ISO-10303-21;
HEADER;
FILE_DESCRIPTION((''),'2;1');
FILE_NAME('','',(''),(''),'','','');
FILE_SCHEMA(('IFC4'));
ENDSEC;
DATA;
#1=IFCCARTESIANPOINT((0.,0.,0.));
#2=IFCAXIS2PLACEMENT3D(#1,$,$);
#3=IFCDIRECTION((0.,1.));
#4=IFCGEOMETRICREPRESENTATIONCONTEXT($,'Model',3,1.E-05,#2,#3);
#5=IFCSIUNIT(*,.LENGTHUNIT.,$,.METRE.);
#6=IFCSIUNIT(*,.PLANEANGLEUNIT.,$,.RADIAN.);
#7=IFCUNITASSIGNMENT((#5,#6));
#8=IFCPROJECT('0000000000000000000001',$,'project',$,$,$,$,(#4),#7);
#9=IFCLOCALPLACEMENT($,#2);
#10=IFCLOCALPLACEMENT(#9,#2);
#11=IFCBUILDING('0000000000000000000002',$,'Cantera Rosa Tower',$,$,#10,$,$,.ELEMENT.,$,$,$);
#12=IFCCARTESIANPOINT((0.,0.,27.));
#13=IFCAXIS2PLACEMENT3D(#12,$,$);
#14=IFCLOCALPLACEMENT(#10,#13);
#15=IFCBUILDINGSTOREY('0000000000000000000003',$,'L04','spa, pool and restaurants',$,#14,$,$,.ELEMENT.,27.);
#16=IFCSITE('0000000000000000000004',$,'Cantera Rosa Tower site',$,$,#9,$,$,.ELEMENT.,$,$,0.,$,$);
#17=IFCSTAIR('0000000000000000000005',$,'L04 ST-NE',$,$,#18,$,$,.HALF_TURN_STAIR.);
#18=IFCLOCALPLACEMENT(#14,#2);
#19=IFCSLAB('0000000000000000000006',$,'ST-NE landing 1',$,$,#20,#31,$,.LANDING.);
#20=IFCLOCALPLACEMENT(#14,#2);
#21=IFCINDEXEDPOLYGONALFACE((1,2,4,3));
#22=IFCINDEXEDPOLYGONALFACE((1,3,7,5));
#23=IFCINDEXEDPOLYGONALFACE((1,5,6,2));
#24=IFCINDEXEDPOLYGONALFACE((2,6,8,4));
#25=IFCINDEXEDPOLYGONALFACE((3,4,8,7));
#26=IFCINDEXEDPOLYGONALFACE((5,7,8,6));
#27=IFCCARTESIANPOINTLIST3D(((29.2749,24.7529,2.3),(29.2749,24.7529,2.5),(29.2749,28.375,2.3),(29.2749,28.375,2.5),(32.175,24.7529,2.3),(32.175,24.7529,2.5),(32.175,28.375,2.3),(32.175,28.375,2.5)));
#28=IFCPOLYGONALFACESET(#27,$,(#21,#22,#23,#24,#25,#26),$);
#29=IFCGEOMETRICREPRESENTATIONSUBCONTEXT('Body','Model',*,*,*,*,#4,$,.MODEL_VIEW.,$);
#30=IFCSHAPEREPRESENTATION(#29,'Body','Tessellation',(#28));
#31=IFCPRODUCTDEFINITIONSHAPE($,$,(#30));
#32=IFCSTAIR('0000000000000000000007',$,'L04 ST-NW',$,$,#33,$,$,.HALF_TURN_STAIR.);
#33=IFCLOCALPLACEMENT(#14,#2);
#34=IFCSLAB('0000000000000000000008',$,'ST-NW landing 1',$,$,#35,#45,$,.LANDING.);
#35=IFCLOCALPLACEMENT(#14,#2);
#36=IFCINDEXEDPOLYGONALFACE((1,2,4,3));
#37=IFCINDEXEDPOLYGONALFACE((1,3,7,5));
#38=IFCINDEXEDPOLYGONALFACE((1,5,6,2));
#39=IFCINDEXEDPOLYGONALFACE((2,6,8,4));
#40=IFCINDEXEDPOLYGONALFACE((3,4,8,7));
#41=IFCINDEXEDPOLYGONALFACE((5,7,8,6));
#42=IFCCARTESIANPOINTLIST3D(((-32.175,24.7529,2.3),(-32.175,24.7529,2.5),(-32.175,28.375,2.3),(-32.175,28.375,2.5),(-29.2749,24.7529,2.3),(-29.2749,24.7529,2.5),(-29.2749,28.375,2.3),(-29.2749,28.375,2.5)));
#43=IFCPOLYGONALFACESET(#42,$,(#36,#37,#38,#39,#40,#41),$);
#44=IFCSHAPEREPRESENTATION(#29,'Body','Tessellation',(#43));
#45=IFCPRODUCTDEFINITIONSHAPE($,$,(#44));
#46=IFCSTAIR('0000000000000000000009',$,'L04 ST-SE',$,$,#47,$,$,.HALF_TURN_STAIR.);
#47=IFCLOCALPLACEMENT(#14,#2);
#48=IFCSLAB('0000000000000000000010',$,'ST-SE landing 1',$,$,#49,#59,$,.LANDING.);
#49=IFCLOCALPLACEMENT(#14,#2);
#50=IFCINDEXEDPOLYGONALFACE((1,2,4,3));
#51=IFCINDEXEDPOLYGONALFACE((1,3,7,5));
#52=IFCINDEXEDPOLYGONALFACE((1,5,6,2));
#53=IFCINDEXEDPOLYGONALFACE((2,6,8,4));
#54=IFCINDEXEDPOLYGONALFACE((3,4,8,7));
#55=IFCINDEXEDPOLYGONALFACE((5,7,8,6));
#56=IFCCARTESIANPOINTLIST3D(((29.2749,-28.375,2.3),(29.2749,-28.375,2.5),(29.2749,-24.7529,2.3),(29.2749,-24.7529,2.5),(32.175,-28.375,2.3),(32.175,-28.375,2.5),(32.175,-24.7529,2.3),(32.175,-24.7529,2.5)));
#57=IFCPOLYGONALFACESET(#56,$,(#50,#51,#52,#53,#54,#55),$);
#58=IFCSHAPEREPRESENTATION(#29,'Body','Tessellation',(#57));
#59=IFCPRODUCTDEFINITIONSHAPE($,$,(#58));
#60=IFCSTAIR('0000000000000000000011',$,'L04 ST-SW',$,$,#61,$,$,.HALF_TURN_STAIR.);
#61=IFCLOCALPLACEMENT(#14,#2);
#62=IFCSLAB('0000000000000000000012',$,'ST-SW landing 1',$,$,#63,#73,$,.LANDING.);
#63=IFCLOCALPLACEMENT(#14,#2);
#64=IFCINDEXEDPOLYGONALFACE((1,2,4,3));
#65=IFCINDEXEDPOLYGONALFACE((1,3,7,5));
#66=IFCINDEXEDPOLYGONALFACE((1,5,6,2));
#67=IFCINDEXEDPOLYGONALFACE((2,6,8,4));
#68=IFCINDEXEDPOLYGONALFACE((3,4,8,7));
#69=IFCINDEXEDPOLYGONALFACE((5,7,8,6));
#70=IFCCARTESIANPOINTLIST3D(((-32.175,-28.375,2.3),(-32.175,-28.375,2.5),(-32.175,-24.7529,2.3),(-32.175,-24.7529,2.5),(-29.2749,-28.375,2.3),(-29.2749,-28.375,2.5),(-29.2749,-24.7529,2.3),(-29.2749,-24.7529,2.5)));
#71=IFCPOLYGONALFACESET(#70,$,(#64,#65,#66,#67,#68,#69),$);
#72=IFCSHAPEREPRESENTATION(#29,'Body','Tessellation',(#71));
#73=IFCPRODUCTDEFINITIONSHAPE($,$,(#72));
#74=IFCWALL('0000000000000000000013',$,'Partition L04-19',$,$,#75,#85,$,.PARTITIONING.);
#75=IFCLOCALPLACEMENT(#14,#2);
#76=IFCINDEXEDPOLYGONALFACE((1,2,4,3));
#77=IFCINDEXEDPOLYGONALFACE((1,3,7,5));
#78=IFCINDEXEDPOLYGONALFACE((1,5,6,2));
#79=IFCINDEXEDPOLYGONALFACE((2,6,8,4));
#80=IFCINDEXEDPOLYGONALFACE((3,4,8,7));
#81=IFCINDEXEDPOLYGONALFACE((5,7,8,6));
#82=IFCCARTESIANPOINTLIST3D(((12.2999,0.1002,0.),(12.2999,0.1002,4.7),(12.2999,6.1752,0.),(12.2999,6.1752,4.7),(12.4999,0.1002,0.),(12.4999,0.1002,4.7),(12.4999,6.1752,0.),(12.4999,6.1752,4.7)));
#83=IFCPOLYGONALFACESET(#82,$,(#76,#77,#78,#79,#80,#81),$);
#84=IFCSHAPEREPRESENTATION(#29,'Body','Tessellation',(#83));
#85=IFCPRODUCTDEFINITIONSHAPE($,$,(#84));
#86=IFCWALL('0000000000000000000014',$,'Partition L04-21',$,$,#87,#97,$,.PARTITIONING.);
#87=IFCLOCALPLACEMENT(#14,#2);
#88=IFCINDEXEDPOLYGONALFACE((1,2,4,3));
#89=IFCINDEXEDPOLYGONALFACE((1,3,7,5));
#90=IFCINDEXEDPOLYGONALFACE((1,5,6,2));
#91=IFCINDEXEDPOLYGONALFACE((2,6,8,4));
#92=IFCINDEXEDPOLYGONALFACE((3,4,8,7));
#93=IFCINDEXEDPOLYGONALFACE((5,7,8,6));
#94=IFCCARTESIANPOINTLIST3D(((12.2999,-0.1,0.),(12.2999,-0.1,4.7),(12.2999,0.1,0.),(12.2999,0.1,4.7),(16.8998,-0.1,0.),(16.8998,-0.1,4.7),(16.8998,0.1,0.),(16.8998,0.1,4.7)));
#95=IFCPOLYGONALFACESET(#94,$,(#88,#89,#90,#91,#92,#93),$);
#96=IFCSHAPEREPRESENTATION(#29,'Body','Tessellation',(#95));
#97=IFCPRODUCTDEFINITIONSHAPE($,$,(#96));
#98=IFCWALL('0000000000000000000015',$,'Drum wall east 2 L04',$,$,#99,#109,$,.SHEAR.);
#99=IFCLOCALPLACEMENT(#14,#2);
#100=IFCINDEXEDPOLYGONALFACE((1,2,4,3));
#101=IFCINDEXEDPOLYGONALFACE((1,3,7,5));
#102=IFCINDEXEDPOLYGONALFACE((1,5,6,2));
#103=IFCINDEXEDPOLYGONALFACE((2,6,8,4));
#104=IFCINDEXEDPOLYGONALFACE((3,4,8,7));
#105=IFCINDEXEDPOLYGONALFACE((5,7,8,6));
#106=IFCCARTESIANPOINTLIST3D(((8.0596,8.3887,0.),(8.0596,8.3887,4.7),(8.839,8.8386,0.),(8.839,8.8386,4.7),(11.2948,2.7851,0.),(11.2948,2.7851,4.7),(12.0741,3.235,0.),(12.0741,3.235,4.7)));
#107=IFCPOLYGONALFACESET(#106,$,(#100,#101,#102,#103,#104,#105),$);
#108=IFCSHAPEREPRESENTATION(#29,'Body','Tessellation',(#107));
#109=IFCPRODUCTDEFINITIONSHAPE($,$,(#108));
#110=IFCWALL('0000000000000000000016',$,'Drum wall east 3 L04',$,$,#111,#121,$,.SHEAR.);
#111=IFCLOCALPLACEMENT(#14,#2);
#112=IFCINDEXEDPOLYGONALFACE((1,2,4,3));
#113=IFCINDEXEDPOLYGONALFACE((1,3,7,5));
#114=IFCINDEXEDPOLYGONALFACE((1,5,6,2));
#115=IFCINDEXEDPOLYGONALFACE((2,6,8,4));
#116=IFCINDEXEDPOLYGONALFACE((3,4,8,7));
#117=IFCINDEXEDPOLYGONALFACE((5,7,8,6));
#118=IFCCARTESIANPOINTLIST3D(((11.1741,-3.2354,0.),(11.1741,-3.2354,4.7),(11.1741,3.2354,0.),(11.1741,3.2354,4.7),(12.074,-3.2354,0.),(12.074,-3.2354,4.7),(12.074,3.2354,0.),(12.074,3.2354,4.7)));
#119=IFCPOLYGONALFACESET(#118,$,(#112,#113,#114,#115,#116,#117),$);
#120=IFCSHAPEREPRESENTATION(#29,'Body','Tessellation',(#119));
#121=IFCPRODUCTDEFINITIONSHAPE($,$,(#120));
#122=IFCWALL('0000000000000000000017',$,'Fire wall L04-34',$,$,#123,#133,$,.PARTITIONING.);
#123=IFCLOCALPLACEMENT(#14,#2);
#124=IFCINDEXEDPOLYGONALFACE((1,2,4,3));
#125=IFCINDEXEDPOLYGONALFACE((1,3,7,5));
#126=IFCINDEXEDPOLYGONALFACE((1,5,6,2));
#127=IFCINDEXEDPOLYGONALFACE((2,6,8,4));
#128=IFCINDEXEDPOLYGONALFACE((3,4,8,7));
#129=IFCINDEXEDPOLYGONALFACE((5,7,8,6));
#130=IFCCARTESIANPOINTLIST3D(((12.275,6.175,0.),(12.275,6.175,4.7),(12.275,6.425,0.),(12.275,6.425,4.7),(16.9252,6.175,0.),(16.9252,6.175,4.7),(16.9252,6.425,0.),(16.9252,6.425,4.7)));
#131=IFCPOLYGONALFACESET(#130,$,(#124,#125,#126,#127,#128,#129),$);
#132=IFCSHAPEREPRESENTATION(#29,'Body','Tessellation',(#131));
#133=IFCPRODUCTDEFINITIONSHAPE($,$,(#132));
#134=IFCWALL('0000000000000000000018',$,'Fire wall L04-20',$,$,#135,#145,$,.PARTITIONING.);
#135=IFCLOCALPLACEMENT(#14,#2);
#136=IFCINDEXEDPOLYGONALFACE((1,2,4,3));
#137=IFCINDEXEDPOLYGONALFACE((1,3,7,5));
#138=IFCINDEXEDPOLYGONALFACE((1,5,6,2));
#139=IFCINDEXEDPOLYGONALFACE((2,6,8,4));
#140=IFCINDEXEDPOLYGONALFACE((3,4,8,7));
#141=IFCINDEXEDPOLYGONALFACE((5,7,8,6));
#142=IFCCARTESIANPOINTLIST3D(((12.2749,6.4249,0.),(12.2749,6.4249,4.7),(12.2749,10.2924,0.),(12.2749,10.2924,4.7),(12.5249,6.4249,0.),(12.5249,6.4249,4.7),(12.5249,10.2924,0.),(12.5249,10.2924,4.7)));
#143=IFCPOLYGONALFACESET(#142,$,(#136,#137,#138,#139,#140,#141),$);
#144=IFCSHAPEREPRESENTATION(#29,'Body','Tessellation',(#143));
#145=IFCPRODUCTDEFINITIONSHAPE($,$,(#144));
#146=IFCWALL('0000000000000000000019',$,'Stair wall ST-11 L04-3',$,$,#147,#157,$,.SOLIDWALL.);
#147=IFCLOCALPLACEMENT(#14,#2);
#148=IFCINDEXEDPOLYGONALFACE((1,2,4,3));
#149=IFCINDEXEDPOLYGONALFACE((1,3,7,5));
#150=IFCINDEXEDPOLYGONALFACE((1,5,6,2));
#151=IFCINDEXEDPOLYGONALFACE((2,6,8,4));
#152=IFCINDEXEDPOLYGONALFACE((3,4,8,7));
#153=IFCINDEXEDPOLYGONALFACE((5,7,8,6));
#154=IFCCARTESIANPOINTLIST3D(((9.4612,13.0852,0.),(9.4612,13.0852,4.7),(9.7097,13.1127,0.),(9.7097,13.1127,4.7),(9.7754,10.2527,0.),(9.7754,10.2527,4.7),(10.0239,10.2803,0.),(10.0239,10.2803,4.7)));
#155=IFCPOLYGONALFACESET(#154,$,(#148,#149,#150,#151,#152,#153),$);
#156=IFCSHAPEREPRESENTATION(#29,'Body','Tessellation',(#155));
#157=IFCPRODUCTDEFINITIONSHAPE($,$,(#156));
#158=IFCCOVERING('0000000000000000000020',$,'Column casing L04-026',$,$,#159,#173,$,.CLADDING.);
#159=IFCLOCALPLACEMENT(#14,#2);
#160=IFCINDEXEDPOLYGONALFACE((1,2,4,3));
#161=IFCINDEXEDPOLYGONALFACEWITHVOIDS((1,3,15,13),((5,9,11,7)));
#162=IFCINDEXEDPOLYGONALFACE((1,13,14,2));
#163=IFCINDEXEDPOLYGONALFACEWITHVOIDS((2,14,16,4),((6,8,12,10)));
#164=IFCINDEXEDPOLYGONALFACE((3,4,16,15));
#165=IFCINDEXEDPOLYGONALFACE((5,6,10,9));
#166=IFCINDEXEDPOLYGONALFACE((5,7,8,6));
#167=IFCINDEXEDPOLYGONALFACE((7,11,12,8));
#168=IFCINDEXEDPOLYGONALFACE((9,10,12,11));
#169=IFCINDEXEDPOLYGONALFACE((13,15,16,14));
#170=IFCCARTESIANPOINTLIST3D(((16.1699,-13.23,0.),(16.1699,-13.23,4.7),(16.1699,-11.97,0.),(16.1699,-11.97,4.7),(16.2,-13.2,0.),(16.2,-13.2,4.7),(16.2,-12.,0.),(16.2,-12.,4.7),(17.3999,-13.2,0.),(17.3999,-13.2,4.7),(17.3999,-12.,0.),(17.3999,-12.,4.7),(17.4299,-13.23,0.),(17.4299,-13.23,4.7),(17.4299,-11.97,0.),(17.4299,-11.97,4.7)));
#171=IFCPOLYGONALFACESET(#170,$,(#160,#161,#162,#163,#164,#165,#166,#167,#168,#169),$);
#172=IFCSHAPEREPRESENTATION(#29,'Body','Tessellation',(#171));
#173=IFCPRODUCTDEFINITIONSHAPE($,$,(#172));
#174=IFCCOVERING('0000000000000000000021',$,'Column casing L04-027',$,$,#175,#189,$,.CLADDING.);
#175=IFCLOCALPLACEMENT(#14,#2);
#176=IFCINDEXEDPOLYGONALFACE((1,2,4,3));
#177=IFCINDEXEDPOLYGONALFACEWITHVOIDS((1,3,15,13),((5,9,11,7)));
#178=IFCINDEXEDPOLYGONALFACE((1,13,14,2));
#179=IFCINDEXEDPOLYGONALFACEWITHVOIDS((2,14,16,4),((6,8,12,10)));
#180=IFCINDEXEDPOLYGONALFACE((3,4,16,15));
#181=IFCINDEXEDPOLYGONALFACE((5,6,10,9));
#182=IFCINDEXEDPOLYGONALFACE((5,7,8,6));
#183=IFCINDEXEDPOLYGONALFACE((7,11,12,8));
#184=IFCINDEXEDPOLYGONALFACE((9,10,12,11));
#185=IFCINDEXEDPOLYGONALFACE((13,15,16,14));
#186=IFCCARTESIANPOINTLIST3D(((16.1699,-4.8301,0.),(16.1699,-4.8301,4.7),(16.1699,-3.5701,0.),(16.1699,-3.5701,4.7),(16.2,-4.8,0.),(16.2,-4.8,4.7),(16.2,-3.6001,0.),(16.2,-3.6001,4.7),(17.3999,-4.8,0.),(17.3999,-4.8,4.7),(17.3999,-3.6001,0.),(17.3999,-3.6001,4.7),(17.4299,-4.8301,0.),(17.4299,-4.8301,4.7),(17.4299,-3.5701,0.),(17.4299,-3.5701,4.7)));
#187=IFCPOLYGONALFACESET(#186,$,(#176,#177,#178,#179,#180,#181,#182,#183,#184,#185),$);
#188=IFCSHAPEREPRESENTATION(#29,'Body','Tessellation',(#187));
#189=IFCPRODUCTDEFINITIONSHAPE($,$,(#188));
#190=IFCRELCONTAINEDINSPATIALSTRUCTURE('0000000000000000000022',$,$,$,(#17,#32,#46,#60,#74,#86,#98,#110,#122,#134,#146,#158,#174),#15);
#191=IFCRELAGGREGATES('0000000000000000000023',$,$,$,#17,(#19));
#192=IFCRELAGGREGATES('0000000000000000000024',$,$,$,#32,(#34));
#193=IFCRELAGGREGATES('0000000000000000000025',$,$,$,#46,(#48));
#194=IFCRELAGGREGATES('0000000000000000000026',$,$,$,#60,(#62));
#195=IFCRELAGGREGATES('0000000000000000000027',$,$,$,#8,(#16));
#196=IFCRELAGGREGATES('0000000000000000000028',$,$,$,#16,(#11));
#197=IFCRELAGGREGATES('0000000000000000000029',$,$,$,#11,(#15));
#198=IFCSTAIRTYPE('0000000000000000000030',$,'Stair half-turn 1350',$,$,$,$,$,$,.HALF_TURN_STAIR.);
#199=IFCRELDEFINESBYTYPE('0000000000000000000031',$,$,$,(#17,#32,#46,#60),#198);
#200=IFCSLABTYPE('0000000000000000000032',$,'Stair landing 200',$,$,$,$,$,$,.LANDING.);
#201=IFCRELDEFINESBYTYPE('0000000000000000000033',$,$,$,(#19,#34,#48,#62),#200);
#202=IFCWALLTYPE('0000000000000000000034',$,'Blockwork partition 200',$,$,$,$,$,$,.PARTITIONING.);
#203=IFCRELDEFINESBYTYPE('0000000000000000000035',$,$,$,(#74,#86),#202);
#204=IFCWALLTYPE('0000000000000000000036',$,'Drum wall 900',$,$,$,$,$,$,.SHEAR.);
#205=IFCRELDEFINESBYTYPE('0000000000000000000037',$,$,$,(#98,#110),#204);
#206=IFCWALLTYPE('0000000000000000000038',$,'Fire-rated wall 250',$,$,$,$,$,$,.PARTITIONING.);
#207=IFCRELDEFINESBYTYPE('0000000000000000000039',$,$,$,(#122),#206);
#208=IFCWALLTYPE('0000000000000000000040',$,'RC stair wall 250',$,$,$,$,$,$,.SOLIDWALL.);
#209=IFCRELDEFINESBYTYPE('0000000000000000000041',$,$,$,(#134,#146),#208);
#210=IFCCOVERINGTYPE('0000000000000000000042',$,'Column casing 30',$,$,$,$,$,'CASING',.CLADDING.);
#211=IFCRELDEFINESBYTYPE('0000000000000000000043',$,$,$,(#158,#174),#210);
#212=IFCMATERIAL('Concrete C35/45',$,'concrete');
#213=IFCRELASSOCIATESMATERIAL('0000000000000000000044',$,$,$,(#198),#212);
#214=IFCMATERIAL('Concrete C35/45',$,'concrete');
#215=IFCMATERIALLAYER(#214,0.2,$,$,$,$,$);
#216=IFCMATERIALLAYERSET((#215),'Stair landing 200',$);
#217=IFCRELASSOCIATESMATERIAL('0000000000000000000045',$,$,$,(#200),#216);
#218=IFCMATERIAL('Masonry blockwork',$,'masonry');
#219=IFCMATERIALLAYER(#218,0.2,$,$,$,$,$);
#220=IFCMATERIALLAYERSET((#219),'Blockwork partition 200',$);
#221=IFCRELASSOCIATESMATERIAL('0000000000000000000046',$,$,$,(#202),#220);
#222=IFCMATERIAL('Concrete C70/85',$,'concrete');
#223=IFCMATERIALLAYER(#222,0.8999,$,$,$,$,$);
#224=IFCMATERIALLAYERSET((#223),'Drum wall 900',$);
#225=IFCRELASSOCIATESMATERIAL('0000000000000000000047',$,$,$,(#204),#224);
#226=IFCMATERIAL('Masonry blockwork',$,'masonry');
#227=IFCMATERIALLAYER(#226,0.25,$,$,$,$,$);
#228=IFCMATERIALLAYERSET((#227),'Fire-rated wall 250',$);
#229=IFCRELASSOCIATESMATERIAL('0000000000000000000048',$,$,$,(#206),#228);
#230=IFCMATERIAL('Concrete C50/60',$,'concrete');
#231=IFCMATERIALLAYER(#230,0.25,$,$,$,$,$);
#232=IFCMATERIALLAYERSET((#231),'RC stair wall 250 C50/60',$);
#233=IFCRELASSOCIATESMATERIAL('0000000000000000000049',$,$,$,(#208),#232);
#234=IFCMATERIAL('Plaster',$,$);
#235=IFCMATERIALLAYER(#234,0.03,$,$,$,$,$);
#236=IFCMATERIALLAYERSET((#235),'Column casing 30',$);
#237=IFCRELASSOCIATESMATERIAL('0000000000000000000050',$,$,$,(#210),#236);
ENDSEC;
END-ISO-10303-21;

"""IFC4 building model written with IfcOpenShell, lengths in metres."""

from ifc_helpers import new_model, si_unit, direction, frame, frame_2d, origin, place, context, subcontext, project, spatial, polyline, rectangle, outline, extrude, material, layer, layer_set, type_object, element, aggregate, save


model = new_model("IFC4")

# Units and contexts
model_context = context("Model", 3, precision=1e-05, world=origin(), true_north=direction((0.0, 1.0)))
body_context = subcontext(model_context, "Body", "Model", "MODEL_VIEW")
ifc_project = project(units=[si_unit("LENGTHUNIT", "METRE"), si_unit("PLANEANGLEUNIT", "RADIAN")], contexts=[model_context])

# Site, building, storey
site_placement = place(None, origin())
site = spatial("IfcSite", under=ifc_project, at=site_placement, Name="Cantera Rosa Tower site", CompositionType="ELEMENT", RefElevation=0.0)
building_placement = place(site_placement, origin())
building = spatial("IfcBuilding", under=site, at=building_placement, Name="Cantera Rosa Tower", CompositionType="ELEMENT")
storey_placement = place(building_placement, frame((0.0, 0.0, 27.0)))
storey = spatial("IfcBuildingStorey", under=building, at=storey_placement, Name="L04", Description="spa, pool and restaurants", CompositionType="ELEMENT", Elevation=27.0)

# Stairs, slabs
ifc_material_1 = material(Name="Concrete C35/45", Category="concrete")
stair_type = type_object("IfcStairType", Name="Stair half-turn 1350", PredefinedType="HALF_TURN_STAIR", material=ifc_material_1)
stair_1_placement = place(storey_placement, origin())
stair_1 = element("IfcStair", 1, at=stair_1_placement, inside=storey, type_object=stair_type, Name="L04 ST-NE", PredefinedType="HALF_TURN_STAIR")
ifc_material_2 = material(Name="Concrete C35/45", Category="concrete")
ifc_layer_1 = layer(ifc_material_2, 0.2)
ifc_layer_set_1 = layer_set([ifc_layer_1], Name="Stair landing 200")
slab_type = type_object("IfcSlabType", Name="Stair landing 200", PredefinedType="LANDING", material=ifc_layer_set_1)
slab_1_placement = place(storey_placement, frame((0.0, 0.0, 2.3)))
slab_1 = element("IfcSlab", 2, at=slab_1_placement, type_object=slab_type, Name="ST-NE landing 1", PredefinedType="LANDING", context=body_context, shape_type="SweptSolid", body=[
    extrude(outline(polyline([(32.175, 24.7529), (32.175, 28.375), (29.2749, 28.375), (29.2749, 24.7529), (32.175, 24.7529)])), origin(), (0.0, 0.0, 1.0), 0.2),
])
aggregate(stair_1, [slab_1])
stair_2_placement = place(storey_placement, origin())
stair_2 = element("IfcStair", 3, at=stair_2_placement, inside=storey, type_object=stair_type, Name="L04 ST-NW", PredefinedType="HALF_TURN_STAIR")
slab_2_placement = place(storey_placement, frame((0.0, 0.0, 2.3)))
slab_2 = element("IfcSlab", 4, at=slab_2_placement, type_object=slab_type, Name="ST-NW landing 1", PredefinedType="LANDING", context=body_context, shape_type="SweptSolid", body=[
    extrude(outline(polyline([(-29.2749, 24.7529), (-29.2749, 28.375), (-32.175, 28.375), (-32.175, 24.7529), (-29.2749, 24.7529)])), origin(), (0.0, 0.0, 1.0), 0.2),
])
aggregate(stair_2, [slab_2])
stair_3_placement = place(storey_placement, origin())
stair_3 = element("IfcStair", 5, at=stair_3_placement, inside=storey, type_object=stair_type, Name="L04 ST-SE", PredefinedType="HALF_TURN_STAIR")
slab_3_placement = place(storey_placement, frame((0.0, 0.0, 2.3)))
slab_3 = element("IfcSlab", 6, at=slab_3_placement, type_object=slab_type, Name="ST-SE landing 1", PredefinedType="LANDING", context=body_context, shape_type="SweptSolid", body=[
    extrude(outline(polyline([(29.2749, -24.7529), (29.2749, -28.375), (32.175, -28.375), (32.175, -24.7529), (29.2749, -24.7529)])), origin(), (0.0, 0.0, 1.0), 0.2),
])
aggregate(stair_3, [slab_3])
stair_4_placement = place(storey_placement, origin())
stair_4 = element("IfcStair", 7, at=stair_4_placement, inside=storey, type_object=stair_type, Name="L04 ST-SW", PredefinedType="HALF_TURN_STAIR")
slab_4_placement = place(storey_placement, frame((0.0, 0.0, 2.3)))
slab_4 = element("IfcSlab", 8, at=slab_4_placement, type_object=slab_type, Name="ST-SW landing 1", PredefinedType="LANDING", context=body_context, shape_type="SweptSolid", body=[
    extrude(outline(polyline([(-32.175, -24.7529), (-32.175, -28.375), (-29.2749, -28.375), (-29.2749, -24.7529), (-32.175, -24.7529)])), origin(), (0.0, 0.0, 1.0), 0.2),
])
aggregate(stair_4, [slab_4])

# Walls
ifc_material_3 = material(Name="Masonry blockwork", Category="masonry")
ifc_layer_2 = layer(ifc_material_3, 0.2)
ifc_layer_set_2 = layer_set([ifc_layer_2], Name="Blockwork partition 200")
wall_type_1 = type_object("IfcWallType", Name="Blockwork partition 200", PredefinedType="PARTITIONING", material=ifc_layer_set_2)
wall_1_placement = place(storey_placement, frame((12.3999, 0.1001, 0.0), z_axis=(0.0, 0.0, 1.0), x_axis=(0.0, 1.0, 0.0)))
element("IfcWall", 9, at=wall_1_placement, inside=storey, type_object=wall_type_1, Name="Partition L04-19", PredefinedType="PARTITIONING", context=body_context, shape_type="SweptSolid", body=[
    extrude(rectangle(XDim=6.075, YDim=0.2, at=frame_2d((3.0376, 0.0))), origin(), (0.0, 0.0, 1.0), 4.7),
])
wall_2_placement = place(storey_placement, frame((12.3, 0.0, 0.0), z_axis=(0.0, 0.0, 1.0), x_axis=(1.0, 0.0, 0.0)))
element("IfcWall", 10, at=wall_2_placement, inside=storey, type_object=wall_type_1, Name="Partition L04-21", PredefinedType="PARTITIONING", context=body_context, shape_type="SweptSolid", body=[
    extrude(rectangle(XDim=4.5999, YDim=0.2, at=frame_2d((2.2998, 0.0))), origin(), (0.0, 0.0, 1.0), 4.7),
])
ifc_material_4 = material(Name="Concrete C70/85", Category="concrete")
ifc_layer_3 = layer(ifc_material_4, 0.8999)
ifc_layer_set_3 = layer_set([ifc_layer_3], Name="Drum wall 900")
wall_type_2 = type_object("IfcWallType", Name="Drum wall 900", PredefinedType="SHEAR", material=ifc_layer_set_3)
wall_3_placement = place(storey_placement, frame((8.4492, 8.6138, 0.0), z_axis=(0.0, 0.0, 1.0), x_axis=(0.49999, -0.866031, 0.0)))
element("IfcWall", 11, at=wall_3_placement, inside=storey, type_object=wall_type_2, Name="Drum wall east 2 L04", PredefinedType="SHEAR", context=body_context, shape_type="SweptSolid", body=[
    extrude(rectangle(XDim=6.4705, YDim=0.8999, at=frame_2d((3.2354, 0.0))), origin(), (0.0, 0.0, 1.0), 4.7),
])
wall_4_placement = place(storey_placement, frame((11.624, 3.2354, 0.0), z_axis=(0.0, 0.0, 1.0), x_axis=(0.0, -1.0, 0.0)))
element("IfcWall", 12, at=wall_4_placement, inside=storey, type_object=wall_type_2, Name="Drum wall east 3 L04", PredefinedType="SHEAR", context=body_context, shape_type="SweptSolid", body=[
    extrude(rectangle(XDim=6.4707, YDim=0.8999, at=frame_2d((3.2354, 0.0))), origin(), (0.0, 0.0, 1.0), 4.7),
])
ifc_material_5 = material(Name="Masonry blockwork", Category="masonry")
ifc_layer_4 = layer(ifc_material_5, 0.25)
ifc_layer_set_4 = layer_set([ifc_layer_4], Name="Fire-rated wall 250")
wall_type_3 = type_object("IfcWallType", Name="Fire-rated wall 250", PredefinedType="PARTITIONING", material=ifc_layer_set_4)
wall_5_placement = place(storey_placement, frame((12.2749, 6.3, 0.0), z_axis=(0.0, 0.0, 1.0), x_axis=(1.0, 0.0, 0.0)))
element("IfcWall", 13, at=wall_5_placement, inside=storey, type_object=wall_type_3, Name="Fire wall L04-34", PredefinedType="PARTITIONING", context=body_context, shape_type="SweptSolid", body=[
    extrude(rectangle(XDim=4.6501, YDim=0.25, at=frame_2d((2.3252, 0.0))), origin(), (0.0, 0.0, 1.0), 4.7),
])
ifc_material_6 = material(Name="Concrete C50/60", Category="concrete")
ifc_layer_5 = layer(ifc_material_6, 0.25)
ifc_layer_set_5 = layer_set([ifc_layer_5], Name="RC stair wall 250 C50/60")
wall_type_4 = type_object("IfcWallType", Name="RC stair wall 250", PredefinedType="SOLIDWALL", material=ifc_layer_set_5)
wall_6_placement = place(storey_placement, frame((12.3999, 6.425, 0.0), z_axis=(0.0, 0.0, 1.0), x_axis=(0.0, 1.0, 0.0)))
element("IfcWall", 14, at=wall_6_placement, inside=storey, type_object=wall_type_4, Name="Fire wall L04-20", PredefinedType="PARTITIONING", context=body_context, shape_type="SweptSolid", body=[
    extrude(rectangle(XDim=3.8674, YDim=0.25, at=frame_2d((1.9336, 0.0))), origin(), (0.0, 0.0, 1.0), 4.7),
])
wall_7_placement = place(storey_placement, frame((9.8997, 10.2666, 0.0), z_axis=(0.0, 0.0, 1.0), x_axis=(-0.110253, 0.993904, 0.0)))
element("IfcWall", 15, at=wall_7_placement, inside=storey, type_object=wall_type_4, Name="Stair wall ST-11 L04-3", PredefinedType="SOLIDWALL", context=body_context, shape_type="SweptSolid", body=[
    extrude(rectangle(XDim=2.8499, YDim=0.25, at=frame_2d((1.4248, 0.0))), origin(), (0.0, 0.0, 1.0), 4.7),
])

# Coverings
ifc_material_7 = material(Name="Plaster")
ifc_layer_6 = layer(ifc_material_7, 0.03)
ifc_layer_set_6 = layer_set([ifc_layer_6], Name="Column casing 30")
covering_type = type_object("IfcCoveringType", Name="Column casing 30", ElementType="CASING", PredefinedType="CLADDING", material=ifc_layer_set_6)
covering_1_placement = place(storey_placement, origin())
element("IfcCovering", 16, at=covering_1_placement, inside=storey, type_object=covering_type, Name="Column casing L04-026", PredefinedType="CLADDING", context=body_context, shape_type="SweptSolid", body=[
    extrude(outline(polyline([(16.1699, -13.23), (17.4299, -13.23), (17.4299, -11.97), (16.1699, -11.97), (16.1699, -13.23)]), holes=[polyline([(17.3999, -12.0), (16.2, -12.0), (16.2, -13.2), (17.3999, -13.2), (17.3999, -12.0)])]), origin(), (0.0, 0.0, 1.0), 4.7),
])
covering_2_placement = place(storey_placement, origin())
element("IfcCovering", 17, at=covering_2_placement, inside=storey, type_object=covering_type, Name="Column casing L04-027", PredefinedType="CLADDING", context=body_context, shape_type="SweptSolid", body=[
    extrude(outline(polyline([(16.1699, -4.8301), (17.4299, -4.8301), (17.4299, -3.5701), (16.1699, -3.5701), (16.1699, -4.8301)]), holes=[polyline([(17.3999, -3.6001), (16.2, -3.6001), (16.2, -4.8), (17.3999, -4.8), (17.3999, -3.6001)])]), origin(), (0.0, 0.0, 1.0), 4.7),
])

save(model, "model.ifc")
